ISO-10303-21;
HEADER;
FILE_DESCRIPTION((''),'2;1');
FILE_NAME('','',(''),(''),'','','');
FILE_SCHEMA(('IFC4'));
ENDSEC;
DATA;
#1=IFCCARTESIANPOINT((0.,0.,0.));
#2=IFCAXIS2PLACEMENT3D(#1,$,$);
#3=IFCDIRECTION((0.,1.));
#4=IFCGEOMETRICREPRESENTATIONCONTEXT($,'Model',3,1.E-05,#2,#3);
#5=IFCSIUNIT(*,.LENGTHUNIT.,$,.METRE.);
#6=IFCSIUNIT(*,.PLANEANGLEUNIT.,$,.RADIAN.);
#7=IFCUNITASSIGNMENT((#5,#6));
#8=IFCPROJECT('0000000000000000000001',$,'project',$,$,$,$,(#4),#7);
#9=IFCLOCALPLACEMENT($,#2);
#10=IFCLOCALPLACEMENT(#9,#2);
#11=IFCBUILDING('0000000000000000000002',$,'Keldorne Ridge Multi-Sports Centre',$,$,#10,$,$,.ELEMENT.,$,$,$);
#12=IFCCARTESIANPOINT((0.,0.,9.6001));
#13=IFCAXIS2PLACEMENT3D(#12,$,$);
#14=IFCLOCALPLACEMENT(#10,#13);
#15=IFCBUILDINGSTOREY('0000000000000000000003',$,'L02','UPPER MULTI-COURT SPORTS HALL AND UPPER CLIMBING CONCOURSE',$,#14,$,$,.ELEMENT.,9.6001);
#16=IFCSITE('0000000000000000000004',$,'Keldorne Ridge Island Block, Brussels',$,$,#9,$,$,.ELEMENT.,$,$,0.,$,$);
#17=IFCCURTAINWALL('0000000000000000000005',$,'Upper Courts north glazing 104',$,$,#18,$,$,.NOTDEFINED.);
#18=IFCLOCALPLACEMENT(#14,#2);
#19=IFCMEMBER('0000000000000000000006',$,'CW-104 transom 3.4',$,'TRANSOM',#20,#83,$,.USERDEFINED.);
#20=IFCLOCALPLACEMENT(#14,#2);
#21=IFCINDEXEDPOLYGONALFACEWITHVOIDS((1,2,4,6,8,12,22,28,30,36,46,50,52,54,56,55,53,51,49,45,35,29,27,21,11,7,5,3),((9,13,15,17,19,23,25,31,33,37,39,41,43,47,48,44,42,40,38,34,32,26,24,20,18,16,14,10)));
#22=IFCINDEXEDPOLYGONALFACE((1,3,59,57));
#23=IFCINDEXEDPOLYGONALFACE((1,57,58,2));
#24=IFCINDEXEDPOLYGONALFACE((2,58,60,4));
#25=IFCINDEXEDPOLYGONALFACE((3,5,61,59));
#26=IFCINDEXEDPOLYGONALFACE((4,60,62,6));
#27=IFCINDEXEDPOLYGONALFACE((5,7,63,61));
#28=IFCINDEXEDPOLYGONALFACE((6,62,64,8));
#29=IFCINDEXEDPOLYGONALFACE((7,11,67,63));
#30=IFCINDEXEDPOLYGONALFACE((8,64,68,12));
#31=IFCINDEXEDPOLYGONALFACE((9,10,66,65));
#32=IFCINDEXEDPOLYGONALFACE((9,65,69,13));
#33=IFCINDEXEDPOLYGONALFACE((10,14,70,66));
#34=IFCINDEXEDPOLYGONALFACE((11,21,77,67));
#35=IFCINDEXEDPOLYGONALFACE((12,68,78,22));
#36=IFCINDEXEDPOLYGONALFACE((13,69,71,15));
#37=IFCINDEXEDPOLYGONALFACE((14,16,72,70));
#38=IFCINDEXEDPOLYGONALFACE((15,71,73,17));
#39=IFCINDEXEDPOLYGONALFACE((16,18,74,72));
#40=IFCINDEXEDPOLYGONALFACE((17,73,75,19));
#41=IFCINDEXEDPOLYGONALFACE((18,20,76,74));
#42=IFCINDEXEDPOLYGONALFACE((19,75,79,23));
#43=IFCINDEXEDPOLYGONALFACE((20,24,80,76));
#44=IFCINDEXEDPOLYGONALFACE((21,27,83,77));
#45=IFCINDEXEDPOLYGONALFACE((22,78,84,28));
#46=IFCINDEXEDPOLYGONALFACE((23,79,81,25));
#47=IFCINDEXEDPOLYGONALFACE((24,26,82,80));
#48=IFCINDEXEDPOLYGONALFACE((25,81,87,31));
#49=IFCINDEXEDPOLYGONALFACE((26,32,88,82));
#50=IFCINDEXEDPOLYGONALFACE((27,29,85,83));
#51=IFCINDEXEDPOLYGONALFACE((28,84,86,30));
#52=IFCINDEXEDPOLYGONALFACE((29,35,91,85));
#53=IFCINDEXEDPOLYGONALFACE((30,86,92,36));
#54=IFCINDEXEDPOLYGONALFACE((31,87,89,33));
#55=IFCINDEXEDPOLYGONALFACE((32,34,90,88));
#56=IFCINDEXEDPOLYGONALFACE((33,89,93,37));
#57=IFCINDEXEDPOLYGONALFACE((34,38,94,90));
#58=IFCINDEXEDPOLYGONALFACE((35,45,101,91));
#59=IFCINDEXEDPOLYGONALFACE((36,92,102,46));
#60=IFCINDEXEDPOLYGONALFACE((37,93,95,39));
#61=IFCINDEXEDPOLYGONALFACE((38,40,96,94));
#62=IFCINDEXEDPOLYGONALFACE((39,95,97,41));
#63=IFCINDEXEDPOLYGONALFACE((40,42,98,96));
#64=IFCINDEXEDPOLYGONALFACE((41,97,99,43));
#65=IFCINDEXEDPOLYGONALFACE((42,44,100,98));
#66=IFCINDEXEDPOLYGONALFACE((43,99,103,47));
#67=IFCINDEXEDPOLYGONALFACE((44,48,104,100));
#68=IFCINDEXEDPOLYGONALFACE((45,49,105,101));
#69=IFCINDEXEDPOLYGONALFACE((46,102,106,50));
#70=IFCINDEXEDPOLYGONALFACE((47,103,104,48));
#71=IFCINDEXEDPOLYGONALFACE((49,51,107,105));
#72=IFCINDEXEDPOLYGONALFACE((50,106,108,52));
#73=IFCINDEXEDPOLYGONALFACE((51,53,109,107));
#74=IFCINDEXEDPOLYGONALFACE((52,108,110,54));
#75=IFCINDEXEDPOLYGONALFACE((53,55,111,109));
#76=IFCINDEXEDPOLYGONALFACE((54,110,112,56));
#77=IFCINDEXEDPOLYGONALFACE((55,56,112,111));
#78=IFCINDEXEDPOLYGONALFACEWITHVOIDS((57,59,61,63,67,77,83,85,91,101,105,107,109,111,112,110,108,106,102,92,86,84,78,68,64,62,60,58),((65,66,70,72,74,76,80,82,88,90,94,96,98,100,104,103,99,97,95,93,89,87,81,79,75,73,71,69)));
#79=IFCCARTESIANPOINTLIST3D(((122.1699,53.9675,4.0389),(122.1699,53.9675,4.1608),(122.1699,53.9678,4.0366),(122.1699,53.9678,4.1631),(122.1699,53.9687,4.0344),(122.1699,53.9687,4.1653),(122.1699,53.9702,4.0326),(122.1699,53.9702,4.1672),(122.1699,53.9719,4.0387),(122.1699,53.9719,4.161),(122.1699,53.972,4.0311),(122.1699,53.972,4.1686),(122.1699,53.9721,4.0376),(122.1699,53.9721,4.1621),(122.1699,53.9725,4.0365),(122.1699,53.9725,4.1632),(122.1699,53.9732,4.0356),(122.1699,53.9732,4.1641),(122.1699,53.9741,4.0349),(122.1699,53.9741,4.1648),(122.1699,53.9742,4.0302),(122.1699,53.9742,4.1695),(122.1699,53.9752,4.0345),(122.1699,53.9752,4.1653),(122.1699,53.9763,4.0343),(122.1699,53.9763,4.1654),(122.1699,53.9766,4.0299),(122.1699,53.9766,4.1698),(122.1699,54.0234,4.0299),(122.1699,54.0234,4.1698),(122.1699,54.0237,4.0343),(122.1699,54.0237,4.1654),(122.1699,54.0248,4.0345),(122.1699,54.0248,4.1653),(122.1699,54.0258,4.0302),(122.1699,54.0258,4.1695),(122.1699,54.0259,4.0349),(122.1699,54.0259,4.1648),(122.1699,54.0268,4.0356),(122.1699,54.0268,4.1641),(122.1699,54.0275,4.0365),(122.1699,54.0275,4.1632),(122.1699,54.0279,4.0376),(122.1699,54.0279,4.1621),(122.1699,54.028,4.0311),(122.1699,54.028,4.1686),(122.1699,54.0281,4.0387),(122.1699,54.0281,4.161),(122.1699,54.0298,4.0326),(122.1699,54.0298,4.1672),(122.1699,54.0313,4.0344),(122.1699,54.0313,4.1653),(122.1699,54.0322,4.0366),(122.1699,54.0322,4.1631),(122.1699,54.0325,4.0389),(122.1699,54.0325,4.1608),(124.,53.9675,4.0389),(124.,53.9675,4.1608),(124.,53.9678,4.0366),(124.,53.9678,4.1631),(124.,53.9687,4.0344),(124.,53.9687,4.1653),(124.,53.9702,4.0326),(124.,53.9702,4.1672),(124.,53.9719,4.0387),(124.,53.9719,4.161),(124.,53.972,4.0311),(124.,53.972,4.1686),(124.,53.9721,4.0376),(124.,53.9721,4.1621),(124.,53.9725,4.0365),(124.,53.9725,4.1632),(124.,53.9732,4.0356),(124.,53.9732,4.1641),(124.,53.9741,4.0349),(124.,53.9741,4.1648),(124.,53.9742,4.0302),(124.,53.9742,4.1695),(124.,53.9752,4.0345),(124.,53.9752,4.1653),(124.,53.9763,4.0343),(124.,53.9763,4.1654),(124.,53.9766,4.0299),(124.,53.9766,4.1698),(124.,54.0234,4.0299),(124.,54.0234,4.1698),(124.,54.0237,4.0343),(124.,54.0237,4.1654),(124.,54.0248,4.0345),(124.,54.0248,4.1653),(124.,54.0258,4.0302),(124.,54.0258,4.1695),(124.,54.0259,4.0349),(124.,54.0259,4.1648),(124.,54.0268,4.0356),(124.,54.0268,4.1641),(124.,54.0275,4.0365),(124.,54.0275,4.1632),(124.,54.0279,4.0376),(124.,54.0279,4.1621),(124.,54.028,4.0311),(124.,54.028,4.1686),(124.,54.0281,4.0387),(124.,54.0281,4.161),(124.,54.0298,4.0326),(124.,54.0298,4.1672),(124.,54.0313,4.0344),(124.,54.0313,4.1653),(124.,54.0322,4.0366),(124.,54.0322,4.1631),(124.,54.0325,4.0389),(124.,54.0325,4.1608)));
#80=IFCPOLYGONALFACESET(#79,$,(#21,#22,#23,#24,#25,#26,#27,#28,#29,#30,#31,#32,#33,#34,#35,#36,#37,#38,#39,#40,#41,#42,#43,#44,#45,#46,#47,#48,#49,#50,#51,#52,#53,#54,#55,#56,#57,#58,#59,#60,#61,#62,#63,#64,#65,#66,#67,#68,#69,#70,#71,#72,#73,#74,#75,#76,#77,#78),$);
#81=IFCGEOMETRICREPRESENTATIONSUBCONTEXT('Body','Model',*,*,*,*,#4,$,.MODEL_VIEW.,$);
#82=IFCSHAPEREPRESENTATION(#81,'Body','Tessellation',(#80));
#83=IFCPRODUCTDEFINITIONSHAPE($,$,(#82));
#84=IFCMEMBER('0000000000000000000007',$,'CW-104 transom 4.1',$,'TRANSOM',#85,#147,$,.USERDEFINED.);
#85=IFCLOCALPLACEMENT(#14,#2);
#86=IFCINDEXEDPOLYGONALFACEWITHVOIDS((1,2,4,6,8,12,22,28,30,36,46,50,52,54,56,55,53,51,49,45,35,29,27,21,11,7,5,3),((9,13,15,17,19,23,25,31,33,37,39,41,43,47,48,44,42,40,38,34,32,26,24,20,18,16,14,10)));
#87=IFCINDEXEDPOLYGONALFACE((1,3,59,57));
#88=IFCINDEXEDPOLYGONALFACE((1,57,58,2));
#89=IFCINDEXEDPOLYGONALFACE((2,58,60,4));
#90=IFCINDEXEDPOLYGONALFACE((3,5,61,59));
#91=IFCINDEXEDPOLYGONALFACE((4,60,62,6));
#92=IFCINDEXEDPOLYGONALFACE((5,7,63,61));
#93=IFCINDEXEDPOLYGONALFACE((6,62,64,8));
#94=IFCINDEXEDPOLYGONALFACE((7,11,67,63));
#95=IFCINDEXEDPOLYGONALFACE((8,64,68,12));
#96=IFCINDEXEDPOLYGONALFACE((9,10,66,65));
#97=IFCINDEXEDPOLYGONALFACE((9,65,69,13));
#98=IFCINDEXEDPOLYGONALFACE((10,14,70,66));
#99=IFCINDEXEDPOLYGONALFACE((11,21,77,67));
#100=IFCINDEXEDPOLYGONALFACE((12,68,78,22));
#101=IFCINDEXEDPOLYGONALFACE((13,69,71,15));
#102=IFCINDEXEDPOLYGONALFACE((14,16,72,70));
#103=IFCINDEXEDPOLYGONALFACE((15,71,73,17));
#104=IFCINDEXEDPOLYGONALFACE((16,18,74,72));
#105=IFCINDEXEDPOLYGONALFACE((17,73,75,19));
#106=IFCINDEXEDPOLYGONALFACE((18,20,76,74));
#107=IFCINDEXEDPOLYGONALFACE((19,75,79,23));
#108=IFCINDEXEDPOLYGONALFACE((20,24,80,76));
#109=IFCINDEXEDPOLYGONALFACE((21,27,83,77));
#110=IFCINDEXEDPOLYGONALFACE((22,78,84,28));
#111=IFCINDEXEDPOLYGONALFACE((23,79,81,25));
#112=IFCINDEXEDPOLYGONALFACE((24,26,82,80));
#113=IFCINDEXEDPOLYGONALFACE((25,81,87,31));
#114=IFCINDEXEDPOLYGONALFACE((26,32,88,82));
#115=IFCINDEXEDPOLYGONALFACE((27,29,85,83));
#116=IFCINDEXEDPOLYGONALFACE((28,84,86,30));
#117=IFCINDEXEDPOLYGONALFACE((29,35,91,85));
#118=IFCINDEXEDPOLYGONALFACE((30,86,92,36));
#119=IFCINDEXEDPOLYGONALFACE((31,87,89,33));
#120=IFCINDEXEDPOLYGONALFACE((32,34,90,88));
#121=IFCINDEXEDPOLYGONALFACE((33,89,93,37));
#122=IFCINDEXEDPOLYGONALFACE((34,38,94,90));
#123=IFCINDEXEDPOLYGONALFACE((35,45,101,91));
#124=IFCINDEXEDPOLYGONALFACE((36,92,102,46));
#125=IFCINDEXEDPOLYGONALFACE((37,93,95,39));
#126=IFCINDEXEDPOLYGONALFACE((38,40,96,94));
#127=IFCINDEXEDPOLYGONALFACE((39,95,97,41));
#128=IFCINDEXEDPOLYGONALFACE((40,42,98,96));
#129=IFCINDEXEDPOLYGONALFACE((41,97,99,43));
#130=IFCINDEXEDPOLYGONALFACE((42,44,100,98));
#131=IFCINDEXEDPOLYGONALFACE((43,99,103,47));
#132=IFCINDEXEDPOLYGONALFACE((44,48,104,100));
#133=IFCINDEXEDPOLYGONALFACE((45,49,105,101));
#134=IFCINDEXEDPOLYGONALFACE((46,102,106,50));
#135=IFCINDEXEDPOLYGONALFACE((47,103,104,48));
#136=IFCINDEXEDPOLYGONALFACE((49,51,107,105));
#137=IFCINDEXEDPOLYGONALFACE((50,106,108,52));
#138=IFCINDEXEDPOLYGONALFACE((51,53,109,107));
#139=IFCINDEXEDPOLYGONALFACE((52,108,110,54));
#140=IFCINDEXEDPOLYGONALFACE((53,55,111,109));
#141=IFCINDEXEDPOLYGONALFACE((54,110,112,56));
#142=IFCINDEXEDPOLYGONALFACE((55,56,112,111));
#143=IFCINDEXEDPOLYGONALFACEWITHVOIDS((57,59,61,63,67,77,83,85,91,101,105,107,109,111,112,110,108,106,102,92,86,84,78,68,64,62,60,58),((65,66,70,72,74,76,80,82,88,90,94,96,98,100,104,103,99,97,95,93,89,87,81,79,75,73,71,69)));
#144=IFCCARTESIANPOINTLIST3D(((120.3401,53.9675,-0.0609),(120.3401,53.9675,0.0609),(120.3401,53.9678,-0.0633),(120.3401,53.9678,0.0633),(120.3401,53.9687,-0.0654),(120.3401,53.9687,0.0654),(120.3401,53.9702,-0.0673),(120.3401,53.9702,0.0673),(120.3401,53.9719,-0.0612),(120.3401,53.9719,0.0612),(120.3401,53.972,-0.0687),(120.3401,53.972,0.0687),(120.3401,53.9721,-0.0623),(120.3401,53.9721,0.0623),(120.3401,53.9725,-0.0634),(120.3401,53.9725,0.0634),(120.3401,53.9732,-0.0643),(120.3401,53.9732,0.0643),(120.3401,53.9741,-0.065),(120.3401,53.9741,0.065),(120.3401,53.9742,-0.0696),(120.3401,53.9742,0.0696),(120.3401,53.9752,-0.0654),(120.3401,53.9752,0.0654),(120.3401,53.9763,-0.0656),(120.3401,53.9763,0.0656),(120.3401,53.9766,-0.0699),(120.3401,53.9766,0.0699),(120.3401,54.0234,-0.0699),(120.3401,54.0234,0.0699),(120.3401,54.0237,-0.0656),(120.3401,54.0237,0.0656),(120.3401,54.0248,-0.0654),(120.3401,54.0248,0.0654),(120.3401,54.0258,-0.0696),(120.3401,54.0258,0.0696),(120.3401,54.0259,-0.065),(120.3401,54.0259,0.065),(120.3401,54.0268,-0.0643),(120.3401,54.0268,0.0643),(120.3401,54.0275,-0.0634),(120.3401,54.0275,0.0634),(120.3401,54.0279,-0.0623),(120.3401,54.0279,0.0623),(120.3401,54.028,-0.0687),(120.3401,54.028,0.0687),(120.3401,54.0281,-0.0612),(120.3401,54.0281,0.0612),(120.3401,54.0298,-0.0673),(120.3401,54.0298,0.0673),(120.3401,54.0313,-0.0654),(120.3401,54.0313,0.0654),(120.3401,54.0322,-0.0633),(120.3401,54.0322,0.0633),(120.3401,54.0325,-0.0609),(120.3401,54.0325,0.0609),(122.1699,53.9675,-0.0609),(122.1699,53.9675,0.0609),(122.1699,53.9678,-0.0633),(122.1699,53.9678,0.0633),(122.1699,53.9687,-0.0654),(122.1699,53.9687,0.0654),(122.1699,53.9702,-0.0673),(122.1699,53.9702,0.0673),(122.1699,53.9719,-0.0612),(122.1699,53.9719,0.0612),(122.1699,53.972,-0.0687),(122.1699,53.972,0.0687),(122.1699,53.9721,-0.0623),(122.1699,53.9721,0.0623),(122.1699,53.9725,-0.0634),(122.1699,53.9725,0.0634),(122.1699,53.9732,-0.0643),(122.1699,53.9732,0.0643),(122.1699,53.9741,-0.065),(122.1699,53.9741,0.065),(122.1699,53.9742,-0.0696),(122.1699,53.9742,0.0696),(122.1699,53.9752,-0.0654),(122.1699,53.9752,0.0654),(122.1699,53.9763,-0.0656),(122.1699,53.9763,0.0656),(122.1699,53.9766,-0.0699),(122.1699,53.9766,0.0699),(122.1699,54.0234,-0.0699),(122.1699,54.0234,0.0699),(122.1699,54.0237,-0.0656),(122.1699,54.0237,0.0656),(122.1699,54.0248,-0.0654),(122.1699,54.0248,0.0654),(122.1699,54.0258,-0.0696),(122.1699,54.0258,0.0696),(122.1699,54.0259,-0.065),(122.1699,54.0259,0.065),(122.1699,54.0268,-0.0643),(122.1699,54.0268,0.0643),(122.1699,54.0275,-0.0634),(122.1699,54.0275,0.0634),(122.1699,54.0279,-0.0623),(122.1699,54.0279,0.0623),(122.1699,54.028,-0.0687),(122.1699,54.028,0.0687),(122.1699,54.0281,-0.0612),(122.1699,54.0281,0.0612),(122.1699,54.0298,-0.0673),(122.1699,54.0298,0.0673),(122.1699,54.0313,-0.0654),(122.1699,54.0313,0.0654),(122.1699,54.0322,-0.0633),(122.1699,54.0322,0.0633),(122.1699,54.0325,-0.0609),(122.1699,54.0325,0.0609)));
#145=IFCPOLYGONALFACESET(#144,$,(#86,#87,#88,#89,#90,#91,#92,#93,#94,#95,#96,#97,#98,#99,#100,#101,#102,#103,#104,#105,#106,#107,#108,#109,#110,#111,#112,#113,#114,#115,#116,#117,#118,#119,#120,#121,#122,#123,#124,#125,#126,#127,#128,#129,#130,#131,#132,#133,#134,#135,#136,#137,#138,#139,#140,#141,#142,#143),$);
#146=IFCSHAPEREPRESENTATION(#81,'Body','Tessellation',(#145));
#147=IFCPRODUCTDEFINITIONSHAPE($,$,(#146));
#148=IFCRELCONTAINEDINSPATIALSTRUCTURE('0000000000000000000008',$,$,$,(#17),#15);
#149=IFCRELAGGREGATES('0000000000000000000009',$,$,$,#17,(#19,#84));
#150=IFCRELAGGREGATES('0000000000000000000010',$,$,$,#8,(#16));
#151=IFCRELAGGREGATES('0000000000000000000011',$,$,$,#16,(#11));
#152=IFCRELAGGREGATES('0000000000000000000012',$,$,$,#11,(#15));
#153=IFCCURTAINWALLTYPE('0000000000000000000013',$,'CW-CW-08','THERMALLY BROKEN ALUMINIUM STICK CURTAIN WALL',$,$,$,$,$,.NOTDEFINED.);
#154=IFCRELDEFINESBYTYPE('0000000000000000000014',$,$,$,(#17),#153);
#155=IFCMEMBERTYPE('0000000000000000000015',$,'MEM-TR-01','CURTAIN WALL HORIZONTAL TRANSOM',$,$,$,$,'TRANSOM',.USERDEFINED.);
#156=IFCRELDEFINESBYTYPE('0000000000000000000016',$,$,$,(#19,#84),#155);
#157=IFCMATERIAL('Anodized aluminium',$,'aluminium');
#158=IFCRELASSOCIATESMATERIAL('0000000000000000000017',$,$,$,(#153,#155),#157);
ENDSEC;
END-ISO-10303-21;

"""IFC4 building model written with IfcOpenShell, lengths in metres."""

from ifc_helpers import new_model, si_unit, direction, frame, origin, origin_2d, place, context, subcontext, project, spatial, hollow_rectangle, extrude, material, material_profile, profile_set, type_object, element, aggregate, save


model = new_model("IFC4")

# Units and contexts
model_context = context("Model", 3, precision=1e-05, world=origin(), true_north=direction((0.0, 1.0)))
body_context = subcontext(model_context, "Body", "Model", "MODEL_VIEW")
ifc_project = project(units=[si_unit("LENGTHUNIT", "METRE"), si_unit("PLANEANGLEUNIT", "RADIAN")], contexts=[model_context])

# Site, building, storey
site_placement = place(None, origin())
site = spatial("IfcSite", under=ifc_project, at=site_placement, Name="Keldorne Ridge Island Block, Brussels", CompositionType="ELEMENT", RefElevation=0.0)
building_placement = place(site_placement, origin())
building = spatial("IfcBuilding", under=site, at=building_placement, Name="Keldorne Ridge Multi-Sports Centre", CompositionType="ELEMENT")
storey_placement = place(building_placement, frame((0.0, 0.0, 9.6001)))
storey = spatial("IfcBuildingStorey", under=building, at=storey_placement, Name="L02", Description="UPPER MULTI-COURT SPORTS HALL AND UPPER CLIMBING CONCOURSE", CompositionType="ELEMENT", Elevation=9.6001)

# Curtain wall, members
ifc_material_1 = material(Name="Anodized aluminium", Category="aluminium")
curtain_wall_type = type_object("IfcCurtainWallType", Name="CW-CW-08", Description="THERMALLY BROKEN ALUMINIUM STICK CURTAIN WALL", PredefinedType="NOTDEFINED", material=ifc_material_1)
curtain_wall_placement = place(storey_placement, origin())
curtain_wall = element("IfcCurtainWall", 1, at=curtain_wall_placement, inside=storey, type_object=curtain_wall_type, Name="Upper Courts north glazing 104", PredefinedType="NOTDEFINED")
ifc_material_profile_1 = material_profile(ifc_material_1, hollow_rectangle(XDim=0.0649, YDim=0.1399, WallThickness=0.0044, InnerFilletRadius=0.0044, OuterFilletRadius=0.009, at=origin_2d()), Name="ALU TRANSOM 140x65x4.5")
ifc_profile_set_1 = profile_set([ifc_material_profile_1], Name="Anodized aluminium")
member_type_1 = type_object("IfcMemberType", Name="MEM-TR-01", Description="CURTAIN WALL HORIZONTAL TRANSOM", ElementType="TRANSOM", PredefinedType="USERDEFINED", material=ifc_profile_set_1)
member_1_placement = place(storey_placement, frame((124.0, 54.0, 4.0999), z_axis=(-1.0, 0.0, 0.0), x_axis=(0.0, -1.0, 0.0)))
member_1 = element("IfcMember", 2, at=member_1_placement, type_object=member_type_1, Name="CW-104 transom 3.4", ObjectType="TRANSOM", PredefinedType="USERDEFINED", context=body_context, shape_type="SweptSolid", body=[
    extrude(hollow_rectangle(XDim=0.0649, YDim=0.1399, WallThickness=0.0044, InnerFilletRadius=0.0044, OuterFilletRadius=0.009, at=origin_2d()), origin(), (0.0, 0.0, 1.0), 1.8301),
])
member_2_placement = place(storey_placement, frame((122.1699, 54.0, 0.0), z_axis=(-1.0, 0.0, 0.0), x_axis=(0.0, -1.0, 0.0)))
member_2 = element("IfcMember", 3, at=member_2_placement, type_object=member_type_1, Name="CW-104 transom 4.1", ObjectType="TRANSOM", PredefinedType="USERDEFINED", context=body_context, shape_type="SweptSolid", body=[
    extrude(hollow_rectangle(XDim=0.0649, YDim=0.1399, WallThickness=0.0044, InnerFilletRadius=0.0044, OuterFilletRadius=0.009, at=origin_2d()), origin(), (0.0, 0.0, 1.0), 1.8298),
])
aggregate(curtain_wall, [member_1, member_2])

save(model, "model.ifc")
